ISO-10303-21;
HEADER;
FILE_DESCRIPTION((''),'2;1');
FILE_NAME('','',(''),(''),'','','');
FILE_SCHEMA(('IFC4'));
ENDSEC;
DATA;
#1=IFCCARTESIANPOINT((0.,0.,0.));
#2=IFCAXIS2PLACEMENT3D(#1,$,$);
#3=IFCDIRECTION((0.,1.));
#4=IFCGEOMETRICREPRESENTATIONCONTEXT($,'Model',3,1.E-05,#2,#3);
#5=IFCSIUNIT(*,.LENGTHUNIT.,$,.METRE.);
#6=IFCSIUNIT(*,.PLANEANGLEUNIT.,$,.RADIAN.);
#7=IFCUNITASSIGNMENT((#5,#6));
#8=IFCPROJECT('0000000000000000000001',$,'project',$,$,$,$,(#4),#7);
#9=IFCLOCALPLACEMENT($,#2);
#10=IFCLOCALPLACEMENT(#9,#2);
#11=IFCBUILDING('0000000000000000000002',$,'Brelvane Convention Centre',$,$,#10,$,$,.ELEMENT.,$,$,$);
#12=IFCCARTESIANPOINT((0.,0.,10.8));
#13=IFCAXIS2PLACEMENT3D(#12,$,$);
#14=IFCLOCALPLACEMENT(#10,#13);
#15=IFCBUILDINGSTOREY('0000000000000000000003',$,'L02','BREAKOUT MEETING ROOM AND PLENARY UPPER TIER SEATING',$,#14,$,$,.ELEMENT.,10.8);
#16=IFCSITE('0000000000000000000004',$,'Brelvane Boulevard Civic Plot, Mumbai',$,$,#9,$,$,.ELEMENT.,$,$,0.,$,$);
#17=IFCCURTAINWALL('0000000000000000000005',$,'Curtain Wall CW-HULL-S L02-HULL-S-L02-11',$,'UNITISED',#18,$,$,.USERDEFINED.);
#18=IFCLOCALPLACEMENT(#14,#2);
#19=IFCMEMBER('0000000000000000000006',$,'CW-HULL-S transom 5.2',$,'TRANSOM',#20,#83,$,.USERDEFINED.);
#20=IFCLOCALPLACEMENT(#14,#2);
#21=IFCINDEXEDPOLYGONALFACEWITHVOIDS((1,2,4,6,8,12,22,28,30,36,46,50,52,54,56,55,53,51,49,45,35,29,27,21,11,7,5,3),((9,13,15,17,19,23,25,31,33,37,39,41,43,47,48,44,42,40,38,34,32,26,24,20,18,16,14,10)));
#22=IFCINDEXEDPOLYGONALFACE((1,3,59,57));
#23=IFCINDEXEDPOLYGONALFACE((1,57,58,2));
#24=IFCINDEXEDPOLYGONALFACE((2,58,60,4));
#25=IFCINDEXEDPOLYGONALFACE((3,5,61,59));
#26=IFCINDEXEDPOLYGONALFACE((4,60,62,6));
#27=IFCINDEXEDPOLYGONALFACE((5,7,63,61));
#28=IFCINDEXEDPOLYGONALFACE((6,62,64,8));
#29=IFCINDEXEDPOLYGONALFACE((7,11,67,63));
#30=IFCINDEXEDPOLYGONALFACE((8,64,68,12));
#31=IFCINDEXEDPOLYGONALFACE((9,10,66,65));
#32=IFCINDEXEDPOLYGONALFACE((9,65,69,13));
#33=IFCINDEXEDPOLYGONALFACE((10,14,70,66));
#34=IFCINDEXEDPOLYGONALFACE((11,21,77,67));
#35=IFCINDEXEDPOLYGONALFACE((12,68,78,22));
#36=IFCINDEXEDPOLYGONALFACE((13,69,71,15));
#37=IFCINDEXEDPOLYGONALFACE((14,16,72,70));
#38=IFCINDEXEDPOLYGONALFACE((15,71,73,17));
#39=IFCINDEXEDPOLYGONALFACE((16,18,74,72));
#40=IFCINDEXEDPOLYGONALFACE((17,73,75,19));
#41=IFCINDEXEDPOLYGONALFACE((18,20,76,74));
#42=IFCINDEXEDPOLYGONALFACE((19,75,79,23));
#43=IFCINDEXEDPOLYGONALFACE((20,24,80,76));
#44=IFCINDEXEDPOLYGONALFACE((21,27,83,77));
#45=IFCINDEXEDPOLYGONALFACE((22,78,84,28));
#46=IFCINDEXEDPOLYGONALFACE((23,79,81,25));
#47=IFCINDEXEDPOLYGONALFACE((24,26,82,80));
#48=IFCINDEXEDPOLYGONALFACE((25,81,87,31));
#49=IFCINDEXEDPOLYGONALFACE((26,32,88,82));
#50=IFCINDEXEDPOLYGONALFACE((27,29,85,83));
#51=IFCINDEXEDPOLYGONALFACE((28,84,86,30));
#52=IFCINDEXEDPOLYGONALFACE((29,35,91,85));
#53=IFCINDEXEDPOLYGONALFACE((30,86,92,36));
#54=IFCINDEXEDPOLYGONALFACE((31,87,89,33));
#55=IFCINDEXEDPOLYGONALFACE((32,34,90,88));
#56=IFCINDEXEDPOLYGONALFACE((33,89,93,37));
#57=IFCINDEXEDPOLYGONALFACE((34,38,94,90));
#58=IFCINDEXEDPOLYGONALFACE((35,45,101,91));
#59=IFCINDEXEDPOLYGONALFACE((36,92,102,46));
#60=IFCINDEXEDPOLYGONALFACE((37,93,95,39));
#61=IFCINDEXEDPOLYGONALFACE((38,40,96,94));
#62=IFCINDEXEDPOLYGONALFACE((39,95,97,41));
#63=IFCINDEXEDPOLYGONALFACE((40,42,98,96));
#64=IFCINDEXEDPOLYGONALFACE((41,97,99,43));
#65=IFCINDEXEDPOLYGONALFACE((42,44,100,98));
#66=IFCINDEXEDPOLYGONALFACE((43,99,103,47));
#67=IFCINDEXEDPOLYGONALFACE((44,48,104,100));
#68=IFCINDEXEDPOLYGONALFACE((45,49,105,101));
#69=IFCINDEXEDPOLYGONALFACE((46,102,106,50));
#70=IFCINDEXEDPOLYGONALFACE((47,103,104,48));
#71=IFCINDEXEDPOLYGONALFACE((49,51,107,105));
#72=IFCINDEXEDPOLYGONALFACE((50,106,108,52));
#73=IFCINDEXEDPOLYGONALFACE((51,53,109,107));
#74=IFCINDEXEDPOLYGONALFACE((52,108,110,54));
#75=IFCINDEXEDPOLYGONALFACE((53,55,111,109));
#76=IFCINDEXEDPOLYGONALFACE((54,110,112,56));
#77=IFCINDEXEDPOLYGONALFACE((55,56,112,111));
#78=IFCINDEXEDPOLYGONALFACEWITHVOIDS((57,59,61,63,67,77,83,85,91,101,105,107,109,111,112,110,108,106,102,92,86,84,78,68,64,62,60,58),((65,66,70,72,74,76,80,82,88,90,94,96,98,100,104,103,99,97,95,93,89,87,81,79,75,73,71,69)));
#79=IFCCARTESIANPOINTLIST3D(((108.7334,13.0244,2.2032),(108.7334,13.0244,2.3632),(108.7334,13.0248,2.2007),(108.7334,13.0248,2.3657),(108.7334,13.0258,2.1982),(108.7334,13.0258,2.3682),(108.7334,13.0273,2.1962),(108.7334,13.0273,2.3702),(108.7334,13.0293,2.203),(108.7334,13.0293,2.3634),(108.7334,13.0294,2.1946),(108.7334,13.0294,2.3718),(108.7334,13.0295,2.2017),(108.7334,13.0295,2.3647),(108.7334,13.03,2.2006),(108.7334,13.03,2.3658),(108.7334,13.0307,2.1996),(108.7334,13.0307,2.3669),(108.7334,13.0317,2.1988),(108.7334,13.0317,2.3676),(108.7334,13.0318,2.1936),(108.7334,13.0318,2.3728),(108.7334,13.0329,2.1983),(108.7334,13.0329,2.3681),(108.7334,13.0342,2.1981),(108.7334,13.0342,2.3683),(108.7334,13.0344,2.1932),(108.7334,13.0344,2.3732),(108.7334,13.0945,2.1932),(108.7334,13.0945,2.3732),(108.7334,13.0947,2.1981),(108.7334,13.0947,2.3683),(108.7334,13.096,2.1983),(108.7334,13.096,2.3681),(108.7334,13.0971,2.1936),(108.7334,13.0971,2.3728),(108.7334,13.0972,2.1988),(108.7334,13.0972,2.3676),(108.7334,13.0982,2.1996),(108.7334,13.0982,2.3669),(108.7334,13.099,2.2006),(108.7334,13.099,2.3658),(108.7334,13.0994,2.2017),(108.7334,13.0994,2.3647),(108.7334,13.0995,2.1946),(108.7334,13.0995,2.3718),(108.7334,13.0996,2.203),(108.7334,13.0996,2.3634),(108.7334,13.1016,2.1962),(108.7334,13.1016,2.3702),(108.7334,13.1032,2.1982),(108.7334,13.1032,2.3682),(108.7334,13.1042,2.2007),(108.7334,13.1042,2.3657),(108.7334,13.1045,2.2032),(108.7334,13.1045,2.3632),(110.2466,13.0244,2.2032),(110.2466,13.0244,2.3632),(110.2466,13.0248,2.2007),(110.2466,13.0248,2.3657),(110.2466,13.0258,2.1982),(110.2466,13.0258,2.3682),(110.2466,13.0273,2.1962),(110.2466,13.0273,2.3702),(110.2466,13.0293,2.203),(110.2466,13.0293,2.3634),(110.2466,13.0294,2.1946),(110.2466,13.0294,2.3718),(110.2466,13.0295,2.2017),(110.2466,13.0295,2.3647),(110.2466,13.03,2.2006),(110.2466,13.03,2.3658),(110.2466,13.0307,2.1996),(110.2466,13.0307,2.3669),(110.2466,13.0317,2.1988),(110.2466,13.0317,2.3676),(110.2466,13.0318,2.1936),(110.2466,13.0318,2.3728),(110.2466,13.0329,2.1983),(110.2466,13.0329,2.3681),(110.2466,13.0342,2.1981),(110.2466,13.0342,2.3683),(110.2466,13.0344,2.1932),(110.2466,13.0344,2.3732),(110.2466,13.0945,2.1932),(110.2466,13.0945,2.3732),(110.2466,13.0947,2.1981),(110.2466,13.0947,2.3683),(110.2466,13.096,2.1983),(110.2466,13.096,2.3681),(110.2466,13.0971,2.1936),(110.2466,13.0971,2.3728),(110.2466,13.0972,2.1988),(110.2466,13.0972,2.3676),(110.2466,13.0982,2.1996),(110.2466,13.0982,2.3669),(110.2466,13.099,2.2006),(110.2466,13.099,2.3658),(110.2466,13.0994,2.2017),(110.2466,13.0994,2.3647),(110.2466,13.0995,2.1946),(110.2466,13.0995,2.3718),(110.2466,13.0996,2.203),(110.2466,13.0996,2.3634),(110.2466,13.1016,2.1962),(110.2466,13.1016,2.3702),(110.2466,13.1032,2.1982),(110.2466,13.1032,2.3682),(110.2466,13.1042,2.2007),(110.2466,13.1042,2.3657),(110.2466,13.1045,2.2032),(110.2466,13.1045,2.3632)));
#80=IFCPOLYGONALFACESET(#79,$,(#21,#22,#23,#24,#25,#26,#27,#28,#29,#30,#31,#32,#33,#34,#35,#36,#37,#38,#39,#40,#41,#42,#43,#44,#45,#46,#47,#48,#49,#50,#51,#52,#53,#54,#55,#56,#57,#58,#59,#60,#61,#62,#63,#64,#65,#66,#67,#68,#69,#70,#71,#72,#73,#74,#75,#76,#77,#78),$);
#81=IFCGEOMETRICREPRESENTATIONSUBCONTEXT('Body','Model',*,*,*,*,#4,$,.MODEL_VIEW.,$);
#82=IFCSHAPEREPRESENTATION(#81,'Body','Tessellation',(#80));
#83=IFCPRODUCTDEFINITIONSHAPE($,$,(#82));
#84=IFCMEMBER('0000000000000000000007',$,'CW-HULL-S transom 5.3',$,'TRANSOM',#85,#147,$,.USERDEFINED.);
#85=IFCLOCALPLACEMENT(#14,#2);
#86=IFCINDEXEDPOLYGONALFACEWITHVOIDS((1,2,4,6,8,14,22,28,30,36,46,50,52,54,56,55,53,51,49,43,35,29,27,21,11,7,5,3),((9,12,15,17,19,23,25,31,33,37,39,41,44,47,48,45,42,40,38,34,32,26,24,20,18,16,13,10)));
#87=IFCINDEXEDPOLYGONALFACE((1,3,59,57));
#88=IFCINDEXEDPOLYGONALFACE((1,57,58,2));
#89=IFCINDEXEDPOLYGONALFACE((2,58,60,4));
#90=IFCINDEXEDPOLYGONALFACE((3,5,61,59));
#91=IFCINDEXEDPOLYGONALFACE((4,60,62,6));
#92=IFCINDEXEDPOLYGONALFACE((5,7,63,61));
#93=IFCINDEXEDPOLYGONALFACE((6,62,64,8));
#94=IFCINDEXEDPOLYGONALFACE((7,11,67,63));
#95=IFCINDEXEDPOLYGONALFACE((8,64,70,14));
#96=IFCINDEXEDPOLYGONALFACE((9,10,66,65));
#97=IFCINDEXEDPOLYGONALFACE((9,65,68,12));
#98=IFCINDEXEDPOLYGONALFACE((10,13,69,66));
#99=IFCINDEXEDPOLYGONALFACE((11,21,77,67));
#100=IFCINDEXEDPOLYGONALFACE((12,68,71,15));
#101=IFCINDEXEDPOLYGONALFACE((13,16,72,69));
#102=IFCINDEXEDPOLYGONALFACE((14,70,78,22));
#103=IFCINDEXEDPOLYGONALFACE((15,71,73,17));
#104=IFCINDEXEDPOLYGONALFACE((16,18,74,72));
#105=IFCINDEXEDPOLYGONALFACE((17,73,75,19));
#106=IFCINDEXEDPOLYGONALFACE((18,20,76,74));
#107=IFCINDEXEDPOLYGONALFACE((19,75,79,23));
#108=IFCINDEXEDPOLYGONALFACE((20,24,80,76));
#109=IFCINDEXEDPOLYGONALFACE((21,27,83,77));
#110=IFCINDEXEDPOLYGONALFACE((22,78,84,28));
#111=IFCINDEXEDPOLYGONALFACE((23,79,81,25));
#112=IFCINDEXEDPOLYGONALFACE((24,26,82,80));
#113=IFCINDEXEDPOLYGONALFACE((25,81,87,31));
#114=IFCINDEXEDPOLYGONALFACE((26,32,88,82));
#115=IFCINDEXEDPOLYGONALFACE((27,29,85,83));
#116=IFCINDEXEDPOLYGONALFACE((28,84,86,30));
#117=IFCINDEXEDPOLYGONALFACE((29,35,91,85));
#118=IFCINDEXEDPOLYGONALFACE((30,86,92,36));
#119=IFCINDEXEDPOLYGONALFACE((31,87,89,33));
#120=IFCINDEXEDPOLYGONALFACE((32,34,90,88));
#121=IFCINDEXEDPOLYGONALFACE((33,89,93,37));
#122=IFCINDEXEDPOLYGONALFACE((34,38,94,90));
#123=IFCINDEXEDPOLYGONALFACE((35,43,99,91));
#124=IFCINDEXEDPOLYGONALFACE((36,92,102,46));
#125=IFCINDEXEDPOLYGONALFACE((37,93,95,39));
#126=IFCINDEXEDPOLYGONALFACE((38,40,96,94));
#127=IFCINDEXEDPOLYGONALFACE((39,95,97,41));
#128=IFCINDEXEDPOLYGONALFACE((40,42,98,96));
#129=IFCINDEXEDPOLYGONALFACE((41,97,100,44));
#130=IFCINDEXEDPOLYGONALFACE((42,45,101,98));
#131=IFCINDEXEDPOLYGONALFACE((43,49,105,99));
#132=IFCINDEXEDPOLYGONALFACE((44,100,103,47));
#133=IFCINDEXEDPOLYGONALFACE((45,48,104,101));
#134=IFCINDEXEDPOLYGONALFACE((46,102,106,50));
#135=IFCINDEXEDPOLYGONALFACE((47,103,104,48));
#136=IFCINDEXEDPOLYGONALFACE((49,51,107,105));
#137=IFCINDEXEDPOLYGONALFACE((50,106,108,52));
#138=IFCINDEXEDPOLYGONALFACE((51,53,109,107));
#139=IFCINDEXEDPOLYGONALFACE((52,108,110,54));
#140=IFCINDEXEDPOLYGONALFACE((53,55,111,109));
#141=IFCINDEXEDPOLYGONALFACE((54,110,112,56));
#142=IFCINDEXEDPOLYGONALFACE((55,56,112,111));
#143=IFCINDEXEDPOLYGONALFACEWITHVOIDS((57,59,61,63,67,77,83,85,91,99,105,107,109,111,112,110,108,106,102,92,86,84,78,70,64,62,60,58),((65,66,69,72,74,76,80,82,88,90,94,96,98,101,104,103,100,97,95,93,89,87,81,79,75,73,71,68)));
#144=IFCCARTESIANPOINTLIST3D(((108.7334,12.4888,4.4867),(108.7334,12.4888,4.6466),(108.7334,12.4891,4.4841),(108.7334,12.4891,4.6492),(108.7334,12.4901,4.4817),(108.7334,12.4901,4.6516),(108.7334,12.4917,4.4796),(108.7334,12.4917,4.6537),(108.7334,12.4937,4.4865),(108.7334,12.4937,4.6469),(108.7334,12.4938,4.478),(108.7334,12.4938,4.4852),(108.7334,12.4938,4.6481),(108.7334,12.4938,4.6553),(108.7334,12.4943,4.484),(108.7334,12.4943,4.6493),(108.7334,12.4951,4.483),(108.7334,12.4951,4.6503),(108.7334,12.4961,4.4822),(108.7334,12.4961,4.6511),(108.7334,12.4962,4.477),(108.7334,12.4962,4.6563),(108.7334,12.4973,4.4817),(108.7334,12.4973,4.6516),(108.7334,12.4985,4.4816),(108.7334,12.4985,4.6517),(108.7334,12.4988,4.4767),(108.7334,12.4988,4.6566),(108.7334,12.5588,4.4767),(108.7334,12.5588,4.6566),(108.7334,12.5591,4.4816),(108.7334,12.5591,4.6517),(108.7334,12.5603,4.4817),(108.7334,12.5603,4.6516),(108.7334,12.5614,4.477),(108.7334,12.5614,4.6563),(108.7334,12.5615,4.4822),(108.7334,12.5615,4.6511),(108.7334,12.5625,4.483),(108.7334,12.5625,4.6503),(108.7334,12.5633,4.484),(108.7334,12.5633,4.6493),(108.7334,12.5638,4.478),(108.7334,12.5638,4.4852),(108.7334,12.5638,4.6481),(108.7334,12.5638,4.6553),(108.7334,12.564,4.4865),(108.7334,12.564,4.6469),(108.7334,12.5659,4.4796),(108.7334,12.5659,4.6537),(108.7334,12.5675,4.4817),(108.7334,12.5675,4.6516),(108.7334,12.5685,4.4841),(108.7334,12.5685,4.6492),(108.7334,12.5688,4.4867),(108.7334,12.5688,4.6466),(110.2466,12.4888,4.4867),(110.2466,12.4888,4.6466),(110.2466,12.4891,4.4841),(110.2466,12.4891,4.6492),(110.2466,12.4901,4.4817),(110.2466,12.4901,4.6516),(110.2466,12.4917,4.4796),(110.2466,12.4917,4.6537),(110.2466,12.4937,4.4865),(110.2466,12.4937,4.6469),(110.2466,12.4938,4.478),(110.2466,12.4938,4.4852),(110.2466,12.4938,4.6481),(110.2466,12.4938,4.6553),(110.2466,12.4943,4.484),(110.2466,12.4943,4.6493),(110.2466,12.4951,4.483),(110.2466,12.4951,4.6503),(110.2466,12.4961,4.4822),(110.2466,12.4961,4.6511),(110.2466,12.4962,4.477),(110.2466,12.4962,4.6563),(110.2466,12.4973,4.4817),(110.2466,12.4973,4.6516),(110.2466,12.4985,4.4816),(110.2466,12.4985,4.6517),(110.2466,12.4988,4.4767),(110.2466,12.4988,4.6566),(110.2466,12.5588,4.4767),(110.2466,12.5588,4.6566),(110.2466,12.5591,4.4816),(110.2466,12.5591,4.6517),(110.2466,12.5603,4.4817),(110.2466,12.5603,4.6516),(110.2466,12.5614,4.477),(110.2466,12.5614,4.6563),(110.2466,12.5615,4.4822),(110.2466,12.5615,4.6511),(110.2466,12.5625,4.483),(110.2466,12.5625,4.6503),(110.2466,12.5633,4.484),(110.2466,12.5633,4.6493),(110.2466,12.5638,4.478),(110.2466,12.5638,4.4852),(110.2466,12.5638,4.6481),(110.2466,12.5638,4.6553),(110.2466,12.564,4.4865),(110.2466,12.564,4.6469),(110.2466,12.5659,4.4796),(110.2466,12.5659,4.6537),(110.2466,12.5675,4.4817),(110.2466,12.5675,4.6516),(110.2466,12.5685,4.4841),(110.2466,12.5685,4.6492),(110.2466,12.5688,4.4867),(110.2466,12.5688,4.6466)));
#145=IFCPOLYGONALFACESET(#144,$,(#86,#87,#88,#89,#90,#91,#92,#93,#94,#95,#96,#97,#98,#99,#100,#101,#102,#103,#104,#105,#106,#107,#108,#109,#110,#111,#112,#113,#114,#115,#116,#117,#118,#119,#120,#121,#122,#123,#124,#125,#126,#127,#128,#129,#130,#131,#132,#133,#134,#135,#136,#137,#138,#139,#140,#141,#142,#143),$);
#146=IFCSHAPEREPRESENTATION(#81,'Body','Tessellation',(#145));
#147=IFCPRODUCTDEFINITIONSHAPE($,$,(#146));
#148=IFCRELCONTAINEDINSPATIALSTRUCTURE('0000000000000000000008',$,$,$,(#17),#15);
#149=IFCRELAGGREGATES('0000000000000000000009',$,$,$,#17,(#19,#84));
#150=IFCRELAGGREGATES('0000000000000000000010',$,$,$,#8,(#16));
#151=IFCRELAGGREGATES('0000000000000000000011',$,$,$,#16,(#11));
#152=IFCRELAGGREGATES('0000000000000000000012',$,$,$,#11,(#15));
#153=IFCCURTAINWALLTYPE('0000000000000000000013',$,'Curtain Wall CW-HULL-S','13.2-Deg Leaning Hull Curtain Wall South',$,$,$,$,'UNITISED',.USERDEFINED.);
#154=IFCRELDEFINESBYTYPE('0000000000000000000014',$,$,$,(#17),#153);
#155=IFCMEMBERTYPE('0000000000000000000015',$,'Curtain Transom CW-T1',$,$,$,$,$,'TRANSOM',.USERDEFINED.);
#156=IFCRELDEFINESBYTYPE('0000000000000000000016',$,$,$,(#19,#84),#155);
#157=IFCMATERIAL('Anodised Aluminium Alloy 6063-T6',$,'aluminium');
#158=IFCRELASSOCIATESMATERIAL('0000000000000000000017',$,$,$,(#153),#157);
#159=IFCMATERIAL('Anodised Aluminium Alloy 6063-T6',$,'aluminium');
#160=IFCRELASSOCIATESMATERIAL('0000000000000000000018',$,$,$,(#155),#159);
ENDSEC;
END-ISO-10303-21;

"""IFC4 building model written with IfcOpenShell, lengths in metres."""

from ifc_helpers import new_model, si_unit, direction, frame, origin, origin_2d, place, context, subcontext, project, spatial, hollow_rectangle, extrude, material, material_profile, profile_set, type_object, element, aggregate, save


model = new_model("IFC4")

# Units and contexts
model_context = context("Model", 3, precision=1e-05, world=origin(), true_north=direction((0.0, 1.0)))
body_context = subcontext(model_context, "Body", "Model", "MODEL_VIEW")
ifc_project = project(units=[si_unit("LENGTHUNIT", "METRE"), si_unit("PLANEANGLEUNIT", "RADIAN")], contexts=[model_context])

# Site, building, storey
site_placement = place(None, origin())
site = spatial("IfcSite", under=ifc_project, at=site_placement, Name="Brelvane Boulevard Civic Plot, Mumbai", CompositionType="ELEMENT", RefElevation=0.0)
building_placement = place(site_placement, origin())
building = spatial("IfcBuilding", under=site, at=building_placement, Name="Brelvane Convention Centre", CompositionType="ELEMENT")
storey_placement = place(building_placement, frame((0.0, 0.0, 10.8)))
storey = spatial("IfcBuildingStorey", under=building, at=storey_placement, Name="L02", Description="BREAKOUT MEETING ROOM AND PLENARY UPPER TIER SEATING", CompositionType="ELEMENT", Elevation=10.8)

# Curtain wall, members
ifc_material_1 = material(Name="Anodised Aluminium Alloy 6063-T6", Category="aluminium")
curtain_wall_type = type_object("IfcCurtainWallType", Name="Curtain Wall CW-HULL-S", Description="13.2-Deg Leaning Hull Curtain Wall South", ElementType="UNITISED", PredefinedType="USERDEFINED", material=ifc_material_1)
curtain_wall_1_placement = place(storey_placement, origin())
curtain_wall_1 = element("IfcCurtainWall", 1, at=curtain_wall_1_placement, inside=storey, type_object=curtain_wall_type, Name="Curtain Wall CW-HULL-S L02-HULL-S-L02-11", ObjectType="UNITISED", PredefinedType="USERDEFINED")
ifc_material_2 = material(Name="Anodised Aluminium Alloy 6063-T6", Category="aluminium")
ifc_material_profile = material_profile(ifc_material_2, hollow_rectangle(XDim=0.0801, YDim=0.1799, WallThickness=0.0049, InnerFilletRadius=0.0049, OuterFilletRadius=0.01, at=origin_2d()), Name="ALU-T 180x80x5.0")
ifc_profile_set = profile_set([ifc_material_profile], Name="Anodised Aluminium Alloy 6063-T6")
member_type = type_object("IfcMemberType", Name="Curtain Transom CW-T1", ElementType="TRANSOM", PredefinedType="USERDEFINED", material=ifc_profile_set)
member_1_placement = place(storey_placement, frame((108.7334, 13.0645, 2.2832), z_axis=(1.0, 0.0, 0.0), x_axis=(0.0, 1.0, 0.0)))
member_1 = element("IfcMember", 2, at=member_1_placement, type_object=member_type, Name="CW-HULL-S transom 5.2", ObjectType="TRANSOM", PredefinedType="USERDEFINED", context=body_context, shape_type="SweptSolid", body=[
    extrude(hollow_rectangle(XDim=0.0801, YDim=0.1799, WallThickness=0.0049, InnerFilletRadius=0.0049, OuterFilletRadius=0.01, at=origin_2d()), origin(), (0.0, 0.0, 1.0), 1.5132),
])
member_2_placement = place(storey_placement, frame((108.7334, 12.5288, 4.5667), z_axis=(1.0, 0.0, 0.0), x_axis=(0.0, 1.0, 0.0)))
member_2 = element("IfcMember", 3, at=member_2_placement, type_object=member_type, Name="CW-HULL-S transom 5.3", ObjectType="TRANSOM", PredefinedType="USERDEFINED", context=body_context, shape_type="SweptSolid", body=[
    extrude(hollow_rectangle(XDim=0.0801, YDim=0.1799, WallThickness=0.0049, InnerFilletRadius=0.0049, OuterFilletRadius=0.01, at=origin_2d()), origin(), (0.0, 0.0, 1.0), 1.5132),
])

aggregate(curtain_wall_1, [member_1, member_2])

save(model, "model.ifc")
